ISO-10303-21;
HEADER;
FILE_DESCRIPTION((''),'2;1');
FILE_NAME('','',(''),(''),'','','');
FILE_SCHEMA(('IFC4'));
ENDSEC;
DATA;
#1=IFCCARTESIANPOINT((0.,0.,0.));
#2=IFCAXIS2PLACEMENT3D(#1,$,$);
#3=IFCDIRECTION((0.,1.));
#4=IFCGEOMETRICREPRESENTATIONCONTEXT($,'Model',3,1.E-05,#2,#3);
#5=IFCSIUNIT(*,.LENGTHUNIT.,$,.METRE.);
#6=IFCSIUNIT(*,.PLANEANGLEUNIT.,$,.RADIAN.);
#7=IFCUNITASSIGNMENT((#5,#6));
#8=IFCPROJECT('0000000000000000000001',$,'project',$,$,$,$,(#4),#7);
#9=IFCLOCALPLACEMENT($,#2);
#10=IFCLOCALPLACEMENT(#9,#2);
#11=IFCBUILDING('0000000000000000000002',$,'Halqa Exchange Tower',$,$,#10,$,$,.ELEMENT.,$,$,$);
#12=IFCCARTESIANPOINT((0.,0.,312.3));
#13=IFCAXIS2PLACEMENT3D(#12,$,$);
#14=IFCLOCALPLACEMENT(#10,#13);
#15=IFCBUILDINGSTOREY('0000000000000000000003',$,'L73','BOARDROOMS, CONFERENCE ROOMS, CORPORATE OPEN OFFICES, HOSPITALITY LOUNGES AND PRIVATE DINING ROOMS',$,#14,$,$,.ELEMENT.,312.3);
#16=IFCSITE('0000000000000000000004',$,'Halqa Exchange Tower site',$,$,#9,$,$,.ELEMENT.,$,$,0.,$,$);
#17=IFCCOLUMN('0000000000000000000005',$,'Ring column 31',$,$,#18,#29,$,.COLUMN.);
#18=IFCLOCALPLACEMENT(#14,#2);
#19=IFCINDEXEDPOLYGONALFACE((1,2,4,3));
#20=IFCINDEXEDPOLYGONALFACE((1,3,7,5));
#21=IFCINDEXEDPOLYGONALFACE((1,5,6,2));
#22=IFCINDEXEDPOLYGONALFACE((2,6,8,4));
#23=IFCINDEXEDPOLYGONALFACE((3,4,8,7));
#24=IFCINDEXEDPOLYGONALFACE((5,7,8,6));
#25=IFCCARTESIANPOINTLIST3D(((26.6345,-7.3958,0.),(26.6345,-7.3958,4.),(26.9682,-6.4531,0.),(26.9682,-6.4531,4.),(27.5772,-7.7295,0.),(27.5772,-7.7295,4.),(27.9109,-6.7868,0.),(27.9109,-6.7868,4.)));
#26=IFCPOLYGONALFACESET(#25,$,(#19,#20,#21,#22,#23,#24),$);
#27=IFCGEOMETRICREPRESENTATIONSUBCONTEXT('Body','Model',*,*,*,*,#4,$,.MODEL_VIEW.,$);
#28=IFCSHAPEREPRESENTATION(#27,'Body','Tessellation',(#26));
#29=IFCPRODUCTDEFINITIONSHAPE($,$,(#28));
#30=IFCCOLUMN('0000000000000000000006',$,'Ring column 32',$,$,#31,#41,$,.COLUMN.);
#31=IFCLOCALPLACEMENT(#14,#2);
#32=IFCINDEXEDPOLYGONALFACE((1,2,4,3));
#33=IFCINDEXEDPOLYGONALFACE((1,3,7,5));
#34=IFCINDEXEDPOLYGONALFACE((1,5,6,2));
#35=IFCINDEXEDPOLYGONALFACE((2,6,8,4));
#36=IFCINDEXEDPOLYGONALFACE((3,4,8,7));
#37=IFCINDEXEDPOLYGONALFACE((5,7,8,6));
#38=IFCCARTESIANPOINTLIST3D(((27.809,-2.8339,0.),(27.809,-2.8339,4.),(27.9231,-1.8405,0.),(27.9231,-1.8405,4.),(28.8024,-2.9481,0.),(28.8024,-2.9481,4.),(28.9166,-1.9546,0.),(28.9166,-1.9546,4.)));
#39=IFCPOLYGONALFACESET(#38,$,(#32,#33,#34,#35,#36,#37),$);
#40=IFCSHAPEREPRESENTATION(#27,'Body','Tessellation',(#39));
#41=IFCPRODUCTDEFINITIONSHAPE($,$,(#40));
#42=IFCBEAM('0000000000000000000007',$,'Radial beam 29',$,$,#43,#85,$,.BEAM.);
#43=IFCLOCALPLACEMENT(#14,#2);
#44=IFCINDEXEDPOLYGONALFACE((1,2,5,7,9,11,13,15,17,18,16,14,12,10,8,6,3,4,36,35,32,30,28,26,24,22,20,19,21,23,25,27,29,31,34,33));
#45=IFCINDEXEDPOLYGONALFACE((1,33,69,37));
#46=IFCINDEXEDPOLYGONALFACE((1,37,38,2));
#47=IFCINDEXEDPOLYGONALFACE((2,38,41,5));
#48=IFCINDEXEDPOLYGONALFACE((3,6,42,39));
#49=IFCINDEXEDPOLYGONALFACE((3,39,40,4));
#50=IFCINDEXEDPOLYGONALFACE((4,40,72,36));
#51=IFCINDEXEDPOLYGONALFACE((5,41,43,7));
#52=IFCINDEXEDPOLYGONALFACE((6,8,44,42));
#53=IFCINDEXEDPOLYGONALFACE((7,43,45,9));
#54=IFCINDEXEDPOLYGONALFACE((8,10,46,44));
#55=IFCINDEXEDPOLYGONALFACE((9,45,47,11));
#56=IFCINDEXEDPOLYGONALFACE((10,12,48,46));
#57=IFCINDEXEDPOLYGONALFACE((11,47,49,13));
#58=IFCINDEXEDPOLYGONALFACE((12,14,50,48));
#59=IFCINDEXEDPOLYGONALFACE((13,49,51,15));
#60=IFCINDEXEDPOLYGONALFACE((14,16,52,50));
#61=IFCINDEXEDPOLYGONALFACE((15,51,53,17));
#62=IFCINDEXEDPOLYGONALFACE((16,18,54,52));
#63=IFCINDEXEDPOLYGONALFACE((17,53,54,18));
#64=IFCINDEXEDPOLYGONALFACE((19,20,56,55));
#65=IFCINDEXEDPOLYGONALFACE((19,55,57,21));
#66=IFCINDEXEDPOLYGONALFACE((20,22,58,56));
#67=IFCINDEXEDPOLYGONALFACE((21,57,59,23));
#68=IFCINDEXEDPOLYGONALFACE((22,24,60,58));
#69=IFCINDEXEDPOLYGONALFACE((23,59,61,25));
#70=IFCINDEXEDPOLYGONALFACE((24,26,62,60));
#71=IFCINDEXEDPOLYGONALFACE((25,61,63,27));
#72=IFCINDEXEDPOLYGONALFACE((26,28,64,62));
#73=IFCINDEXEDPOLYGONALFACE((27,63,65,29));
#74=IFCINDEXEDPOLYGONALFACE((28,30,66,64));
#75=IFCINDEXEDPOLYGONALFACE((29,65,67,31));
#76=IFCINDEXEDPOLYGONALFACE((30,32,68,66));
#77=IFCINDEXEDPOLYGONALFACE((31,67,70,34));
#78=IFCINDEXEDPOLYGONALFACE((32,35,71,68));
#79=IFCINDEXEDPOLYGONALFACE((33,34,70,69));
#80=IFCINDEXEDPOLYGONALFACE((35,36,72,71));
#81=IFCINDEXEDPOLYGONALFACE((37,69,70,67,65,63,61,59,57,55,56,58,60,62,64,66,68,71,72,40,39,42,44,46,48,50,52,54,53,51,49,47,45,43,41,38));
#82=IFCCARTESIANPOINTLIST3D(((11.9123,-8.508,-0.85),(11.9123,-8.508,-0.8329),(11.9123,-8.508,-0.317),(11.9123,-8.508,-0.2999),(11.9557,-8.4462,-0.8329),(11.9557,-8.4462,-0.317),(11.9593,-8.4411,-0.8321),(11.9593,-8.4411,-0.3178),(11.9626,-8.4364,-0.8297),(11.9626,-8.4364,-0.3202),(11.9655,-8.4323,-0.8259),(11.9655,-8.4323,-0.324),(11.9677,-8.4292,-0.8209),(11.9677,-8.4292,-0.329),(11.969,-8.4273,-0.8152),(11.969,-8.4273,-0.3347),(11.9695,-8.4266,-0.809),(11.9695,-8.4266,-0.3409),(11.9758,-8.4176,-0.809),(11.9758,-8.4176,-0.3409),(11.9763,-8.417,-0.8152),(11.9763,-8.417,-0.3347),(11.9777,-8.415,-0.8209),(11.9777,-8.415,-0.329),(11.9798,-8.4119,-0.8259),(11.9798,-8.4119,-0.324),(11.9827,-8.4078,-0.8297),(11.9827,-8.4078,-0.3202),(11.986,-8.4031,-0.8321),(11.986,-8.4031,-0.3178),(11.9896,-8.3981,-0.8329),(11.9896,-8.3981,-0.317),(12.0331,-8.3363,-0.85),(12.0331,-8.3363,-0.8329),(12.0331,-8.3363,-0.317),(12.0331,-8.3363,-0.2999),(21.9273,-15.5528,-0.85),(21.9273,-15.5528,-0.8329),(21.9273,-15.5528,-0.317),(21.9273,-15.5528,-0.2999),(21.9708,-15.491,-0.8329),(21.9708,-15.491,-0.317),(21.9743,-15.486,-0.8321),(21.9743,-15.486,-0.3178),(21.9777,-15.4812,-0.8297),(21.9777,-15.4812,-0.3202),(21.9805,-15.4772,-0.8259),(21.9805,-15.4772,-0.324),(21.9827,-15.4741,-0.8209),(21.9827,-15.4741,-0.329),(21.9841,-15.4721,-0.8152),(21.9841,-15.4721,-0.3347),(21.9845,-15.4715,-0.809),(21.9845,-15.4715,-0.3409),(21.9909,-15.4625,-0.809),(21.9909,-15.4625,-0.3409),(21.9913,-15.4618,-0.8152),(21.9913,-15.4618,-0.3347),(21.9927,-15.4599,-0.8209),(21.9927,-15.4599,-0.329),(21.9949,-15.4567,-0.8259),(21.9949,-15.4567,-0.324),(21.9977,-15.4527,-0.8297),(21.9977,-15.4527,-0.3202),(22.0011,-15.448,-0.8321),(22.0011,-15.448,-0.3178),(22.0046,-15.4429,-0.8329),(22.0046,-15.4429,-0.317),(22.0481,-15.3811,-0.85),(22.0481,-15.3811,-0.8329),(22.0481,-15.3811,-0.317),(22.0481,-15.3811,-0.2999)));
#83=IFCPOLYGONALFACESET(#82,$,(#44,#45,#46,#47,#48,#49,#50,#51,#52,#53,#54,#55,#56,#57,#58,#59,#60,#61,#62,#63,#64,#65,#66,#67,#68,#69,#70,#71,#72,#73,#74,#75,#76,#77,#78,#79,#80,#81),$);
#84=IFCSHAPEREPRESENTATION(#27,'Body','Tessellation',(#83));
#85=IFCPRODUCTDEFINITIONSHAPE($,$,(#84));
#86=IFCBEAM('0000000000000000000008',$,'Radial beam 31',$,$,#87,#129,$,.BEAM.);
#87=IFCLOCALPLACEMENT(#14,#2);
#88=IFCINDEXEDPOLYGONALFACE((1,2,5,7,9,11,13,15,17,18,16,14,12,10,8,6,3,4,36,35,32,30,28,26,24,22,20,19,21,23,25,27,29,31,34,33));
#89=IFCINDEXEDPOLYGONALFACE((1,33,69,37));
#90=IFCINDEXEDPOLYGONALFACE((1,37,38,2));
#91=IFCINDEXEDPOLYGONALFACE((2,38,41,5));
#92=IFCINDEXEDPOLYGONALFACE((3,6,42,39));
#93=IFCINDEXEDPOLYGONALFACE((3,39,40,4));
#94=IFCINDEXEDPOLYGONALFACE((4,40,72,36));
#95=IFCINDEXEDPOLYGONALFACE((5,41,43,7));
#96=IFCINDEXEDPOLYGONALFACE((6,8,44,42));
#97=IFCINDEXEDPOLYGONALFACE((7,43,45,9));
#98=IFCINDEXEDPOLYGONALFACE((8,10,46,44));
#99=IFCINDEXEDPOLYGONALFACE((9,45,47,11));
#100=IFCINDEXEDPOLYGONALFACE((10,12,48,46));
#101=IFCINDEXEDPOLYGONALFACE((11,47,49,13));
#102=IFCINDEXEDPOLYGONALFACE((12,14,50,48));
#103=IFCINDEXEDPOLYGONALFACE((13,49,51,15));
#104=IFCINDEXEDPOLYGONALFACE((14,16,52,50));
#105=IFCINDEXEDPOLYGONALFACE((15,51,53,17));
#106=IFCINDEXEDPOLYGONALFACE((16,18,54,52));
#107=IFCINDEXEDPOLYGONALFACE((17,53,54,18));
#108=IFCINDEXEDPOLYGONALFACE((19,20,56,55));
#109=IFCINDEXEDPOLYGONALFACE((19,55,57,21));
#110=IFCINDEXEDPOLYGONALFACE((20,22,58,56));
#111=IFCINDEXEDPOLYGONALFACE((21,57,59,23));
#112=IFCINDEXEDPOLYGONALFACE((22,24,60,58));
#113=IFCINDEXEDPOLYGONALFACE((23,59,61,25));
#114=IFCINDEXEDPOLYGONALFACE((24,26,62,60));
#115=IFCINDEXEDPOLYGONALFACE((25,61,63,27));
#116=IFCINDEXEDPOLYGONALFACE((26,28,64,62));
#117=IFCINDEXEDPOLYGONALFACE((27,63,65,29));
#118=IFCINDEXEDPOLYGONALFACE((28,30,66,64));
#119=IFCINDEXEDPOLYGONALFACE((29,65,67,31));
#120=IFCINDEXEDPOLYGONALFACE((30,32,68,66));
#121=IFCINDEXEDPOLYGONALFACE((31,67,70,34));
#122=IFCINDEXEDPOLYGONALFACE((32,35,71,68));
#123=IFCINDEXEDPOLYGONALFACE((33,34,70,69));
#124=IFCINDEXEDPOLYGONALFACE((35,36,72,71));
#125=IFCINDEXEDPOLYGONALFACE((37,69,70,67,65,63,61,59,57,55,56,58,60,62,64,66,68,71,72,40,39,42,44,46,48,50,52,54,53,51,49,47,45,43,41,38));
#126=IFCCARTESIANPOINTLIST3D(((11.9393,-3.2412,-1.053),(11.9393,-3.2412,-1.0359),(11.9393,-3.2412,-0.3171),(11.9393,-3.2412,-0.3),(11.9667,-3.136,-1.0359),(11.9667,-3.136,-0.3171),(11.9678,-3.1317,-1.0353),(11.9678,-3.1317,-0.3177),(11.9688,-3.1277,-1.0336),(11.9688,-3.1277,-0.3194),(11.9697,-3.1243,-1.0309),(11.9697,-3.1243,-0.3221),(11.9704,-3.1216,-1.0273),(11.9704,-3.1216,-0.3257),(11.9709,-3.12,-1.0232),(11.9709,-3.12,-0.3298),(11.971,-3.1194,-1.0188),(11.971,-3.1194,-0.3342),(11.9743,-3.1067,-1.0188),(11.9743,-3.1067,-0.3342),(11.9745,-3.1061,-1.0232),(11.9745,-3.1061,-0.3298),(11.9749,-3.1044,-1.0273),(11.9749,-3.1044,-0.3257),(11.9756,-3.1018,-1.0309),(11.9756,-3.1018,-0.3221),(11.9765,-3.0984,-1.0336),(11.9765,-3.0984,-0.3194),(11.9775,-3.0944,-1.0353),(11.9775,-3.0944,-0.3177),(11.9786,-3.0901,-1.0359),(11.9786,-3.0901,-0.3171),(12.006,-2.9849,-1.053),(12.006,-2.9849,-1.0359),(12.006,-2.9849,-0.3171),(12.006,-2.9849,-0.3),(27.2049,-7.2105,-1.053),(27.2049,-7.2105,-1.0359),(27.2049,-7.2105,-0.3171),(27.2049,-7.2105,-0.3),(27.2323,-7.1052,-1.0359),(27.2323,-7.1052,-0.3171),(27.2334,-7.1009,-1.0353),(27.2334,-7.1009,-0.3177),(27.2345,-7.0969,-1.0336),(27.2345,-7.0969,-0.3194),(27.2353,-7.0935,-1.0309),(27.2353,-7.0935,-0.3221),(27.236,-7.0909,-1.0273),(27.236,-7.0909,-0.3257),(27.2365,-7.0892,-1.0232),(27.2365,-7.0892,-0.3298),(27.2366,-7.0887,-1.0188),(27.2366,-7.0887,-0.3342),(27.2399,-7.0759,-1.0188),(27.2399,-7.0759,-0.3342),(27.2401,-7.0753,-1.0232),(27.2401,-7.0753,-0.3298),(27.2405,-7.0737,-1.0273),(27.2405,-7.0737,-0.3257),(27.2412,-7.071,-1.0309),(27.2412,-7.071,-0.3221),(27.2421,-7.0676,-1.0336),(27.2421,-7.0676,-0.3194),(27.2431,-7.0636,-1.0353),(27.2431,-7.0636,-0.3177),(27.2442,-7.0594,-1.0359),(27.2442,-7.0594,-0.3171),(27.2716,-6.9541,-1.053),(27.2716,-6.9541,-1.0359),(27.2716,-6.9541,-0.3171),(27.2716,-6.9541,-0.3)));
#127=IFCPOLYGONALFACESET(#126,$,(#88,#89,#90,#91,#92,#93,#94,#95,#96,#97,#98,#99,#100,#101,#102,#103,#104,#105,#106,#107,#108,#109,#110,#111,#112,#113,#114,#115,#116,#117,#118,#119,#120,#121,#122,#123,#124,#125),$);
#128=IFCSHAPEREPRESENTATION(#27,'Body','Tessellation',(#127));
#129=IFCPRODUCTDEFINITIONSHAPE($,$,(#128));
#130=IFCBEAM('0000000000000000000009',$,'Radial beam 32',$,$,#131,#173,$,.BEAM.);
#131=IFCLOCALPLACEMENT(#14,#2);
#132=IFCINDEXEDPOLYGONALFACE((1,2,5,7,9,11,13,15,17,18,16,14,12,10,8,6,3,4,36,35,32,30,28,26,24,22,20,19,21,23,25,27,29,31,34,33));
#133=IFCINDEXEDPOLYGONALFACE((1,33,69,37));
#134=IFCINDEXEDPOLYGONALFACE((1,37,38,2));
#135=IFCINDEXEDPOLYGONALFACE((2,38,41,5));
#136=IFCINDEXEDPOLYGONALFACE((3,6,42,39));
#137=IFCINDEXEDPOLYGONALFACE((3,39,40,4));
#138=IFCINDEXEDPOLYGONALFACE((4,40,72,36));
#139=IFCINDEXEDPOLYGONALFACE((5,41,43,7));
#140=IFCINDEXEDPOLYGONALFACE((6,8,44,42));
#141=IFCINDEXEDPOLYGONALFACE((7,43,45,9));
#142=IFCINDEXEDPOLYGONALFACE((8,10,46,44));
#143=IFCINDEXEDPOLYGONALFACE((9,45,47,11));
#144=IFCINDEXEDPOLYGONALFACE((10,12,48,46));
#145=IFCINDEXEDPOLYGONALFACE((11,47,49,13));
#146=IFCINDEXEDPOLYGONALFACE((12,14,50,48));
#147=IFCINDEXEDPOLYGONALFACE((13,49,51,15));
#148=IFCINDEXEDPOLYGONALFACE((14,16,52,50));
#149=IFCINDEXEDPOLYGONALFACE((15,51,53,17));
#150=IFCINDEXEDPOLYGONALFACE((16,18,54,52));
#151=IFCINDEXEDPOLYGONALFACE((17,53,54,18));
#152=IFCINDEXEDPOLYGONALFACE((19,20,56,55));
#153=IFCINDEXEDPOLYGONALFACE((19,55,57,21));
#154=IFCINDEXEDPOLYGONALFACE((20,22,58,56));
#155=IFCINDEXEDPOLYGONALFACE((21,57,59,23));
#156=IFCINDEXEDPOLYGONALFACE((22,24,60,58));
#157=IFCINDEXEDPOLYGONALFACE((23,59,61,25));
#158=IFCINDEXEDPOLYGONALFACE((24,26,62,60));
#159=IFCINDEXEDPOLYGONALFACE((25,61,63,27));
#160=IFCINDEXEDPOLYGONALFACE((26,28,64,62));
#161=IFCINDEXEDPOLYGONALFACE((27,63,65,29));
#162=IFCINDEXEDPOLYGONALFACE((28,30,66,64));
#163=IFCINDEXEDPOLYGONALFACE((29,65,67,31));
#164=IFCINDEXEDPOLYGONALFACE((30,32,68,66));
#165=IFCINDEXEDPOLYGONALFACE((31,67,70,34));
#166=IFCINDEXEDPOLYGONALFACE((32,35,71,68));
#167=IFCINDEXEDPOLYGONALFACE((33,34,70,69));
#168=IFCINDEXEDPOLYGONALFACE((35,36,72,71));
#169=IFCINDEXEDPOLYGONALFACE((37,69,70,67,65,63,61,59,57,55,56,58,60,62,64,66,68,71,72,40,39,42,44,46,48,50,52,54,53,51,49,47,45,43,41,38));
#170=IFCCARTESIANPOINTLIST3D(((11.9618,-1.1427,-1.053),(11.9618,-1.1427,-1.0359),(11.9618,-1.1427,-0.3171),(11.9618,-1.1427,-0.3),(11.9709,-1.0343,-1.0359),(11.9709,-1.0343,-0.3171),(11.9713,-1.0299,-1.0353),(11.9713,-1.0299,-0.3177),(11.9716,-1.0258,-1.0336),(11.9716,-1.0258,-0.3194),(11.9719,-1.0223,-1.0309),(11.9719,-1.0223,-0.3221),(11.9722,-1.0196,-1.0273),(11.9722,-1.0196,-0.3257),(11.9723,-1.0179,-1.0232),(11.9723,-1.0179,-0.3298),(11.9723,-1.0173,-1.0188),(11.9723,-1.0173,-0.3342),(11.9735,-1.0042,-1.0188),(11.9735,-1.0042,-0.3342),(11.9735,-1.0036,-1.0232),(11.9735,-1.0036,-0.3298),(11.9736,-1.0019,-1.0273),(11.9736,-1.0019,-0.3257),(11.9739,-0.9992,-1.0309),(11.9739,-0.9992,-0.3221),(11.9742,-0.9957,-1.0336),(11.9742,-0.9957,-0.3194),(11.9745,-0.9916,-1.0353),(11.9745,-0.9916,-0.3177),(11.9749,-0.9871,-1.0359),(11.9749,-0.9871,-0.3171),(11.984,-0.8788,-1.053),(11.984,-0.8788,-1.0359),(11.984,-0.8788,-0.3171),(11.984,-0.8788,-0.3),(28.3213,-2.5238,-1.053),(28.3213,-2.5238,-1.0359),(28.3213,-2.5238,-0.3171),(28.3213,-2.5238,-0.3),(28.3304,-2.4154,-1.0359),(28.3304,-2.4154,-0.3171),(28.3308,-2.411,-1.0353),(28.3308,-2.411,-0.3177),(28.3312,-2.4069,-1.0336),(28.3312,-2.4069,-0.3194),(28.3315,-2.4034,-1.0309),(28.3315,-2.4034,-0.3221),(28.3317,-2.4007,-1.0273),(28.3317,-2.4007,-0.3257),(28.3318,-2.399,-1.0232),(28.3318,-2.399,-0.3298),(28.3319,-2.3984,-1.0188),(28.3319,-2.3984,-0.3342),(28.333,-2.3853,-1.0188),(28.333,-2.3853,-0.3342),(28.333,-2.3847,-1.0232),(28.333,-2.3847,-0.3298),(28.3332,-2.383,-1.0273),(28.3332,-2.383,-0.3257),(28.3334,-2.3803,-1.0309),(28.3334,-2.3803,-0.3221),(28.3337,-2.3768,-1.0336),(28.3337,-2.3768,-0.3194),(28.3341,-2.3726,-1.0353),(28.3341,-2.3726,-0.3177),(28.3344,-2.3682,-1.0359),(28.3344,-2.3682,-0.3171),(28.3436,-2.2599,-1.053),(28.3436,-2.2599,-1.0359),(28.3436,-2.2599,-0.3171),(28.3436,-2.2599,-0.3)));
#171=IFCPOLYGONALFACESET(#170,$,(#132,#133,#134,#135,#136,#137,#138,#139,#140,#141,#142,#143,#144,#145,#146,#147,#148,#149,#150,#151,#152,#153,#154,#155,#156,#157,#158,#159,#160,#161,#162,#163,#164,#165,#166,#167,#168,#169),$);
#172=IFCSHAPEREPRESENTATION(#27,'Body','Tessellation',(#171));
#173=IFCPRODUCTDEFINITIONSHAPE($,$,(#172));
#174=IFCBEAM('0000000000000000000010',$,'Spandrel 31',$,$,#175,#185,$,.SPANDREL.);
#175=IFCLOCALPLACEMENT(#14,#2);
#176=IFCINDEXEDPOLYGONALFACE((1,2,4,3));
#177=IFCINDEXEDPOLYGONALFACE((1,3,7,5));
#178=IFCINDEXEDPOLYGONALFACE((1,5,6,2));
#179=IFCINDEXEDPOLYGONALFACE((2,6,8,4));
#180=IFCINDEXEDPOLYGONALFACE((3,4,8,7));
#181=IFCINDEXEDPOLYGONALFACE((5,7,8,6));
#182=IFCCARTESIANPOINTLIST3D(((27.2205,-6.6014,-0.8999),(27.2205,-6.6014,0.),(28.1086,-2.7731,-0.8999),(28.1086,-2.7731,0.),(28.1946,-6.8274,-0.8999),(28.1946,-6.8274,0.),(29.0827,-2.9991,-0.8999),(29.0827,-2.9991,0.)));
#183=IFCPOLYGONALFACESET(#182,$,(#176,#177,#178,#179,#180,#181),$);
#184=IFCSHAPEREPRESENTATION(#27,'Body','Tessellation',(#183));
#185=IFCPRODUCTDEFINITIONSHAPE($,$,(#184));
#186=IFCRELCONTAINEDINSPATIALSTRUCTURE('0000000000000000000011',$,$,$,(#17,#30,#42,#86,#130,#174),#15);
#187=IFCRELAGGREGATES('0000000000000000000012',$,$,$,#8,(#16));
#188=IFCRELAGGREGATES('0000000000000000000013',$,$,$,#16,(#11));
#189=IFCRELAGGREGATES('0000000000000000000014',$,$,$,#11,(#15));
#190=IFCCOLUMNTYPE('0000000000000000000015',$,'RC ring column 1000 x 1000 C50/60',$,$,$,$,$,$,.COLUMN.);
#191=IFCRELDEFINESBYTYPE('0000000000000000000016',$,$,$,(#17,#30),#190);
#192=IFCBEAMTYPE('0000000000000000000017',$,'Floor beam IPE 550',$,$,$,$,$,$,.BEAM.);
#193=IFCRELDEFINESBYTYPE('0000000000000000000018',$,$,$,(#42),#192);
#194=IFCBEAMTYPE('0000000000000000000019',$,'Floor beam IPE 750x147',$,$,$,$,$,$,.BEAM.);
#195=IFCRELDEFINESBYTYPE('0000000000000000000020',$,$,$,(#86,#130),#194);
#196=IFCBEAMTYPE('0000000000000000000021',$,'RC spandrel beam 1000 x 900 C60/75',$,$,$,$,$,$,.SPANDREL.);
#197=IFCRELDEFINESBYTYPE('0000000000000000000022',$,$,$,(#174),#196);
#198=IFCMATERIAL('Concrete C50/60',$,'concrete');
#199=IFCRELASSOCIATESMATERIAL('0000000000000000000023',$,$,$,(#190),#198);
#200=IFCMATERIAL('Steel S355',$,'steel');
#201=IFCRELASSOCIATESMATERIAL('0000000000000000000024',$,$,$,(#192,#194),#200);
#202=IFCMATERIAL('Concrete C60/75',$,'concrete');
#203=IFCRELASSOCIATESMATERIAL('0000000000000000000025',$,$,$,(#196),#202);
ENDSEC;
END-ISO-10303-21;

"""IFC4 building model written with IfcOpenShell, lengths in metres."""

from ifc_helpers import new_model, si_unit, direction, frame, origin, origin_2d, place, context, subcontext, project, spatial, rectangle, i_section, extrude, material, material_profile, profile_set, type_object, element, save


model = new_model("IFC4")

# Units and contexts
model_context = context("Model", 3, precision=1e-05, world=origin(), true_north=direction((0.0, 1.0)))
body_context = subcontext(model_context, "Body", "Model", "MODEL_VIEW")
ifc_project = project(units=[si_unit("LENGTHUNIT", "METRE"), si_unit("PLANEANGLEUNIT", "RADIAN")], contexts=[model_context])

# Site, building, storey
site_placement = place(None, origin())
site = spatial("IfcSite", under=ifc_project, at=site_placement, Name="Halqa Exchange Tower site", CompositionType="ELEMENT", RefElevation=0.0)
building_placement = place(site_placement, origin())
building = spatial("IfcBuilding", under=site, at=building_placement, Name="Halqa Exchange Tower", CompositionType="ELEMENT")
storey_placement = place(building_placement, frame((0.0, 0.0, 312.3)))
storey = spatial("IfcBuildingStorey", under=building, at=storey_placement, Name="L73", Description="BOARDROOMS, CONFERENCE ROOMS, CORPORATE OPEN OFFICES, HOSPITALITY LOUNGES AND PRIVATE DINING ROOMS", CompositionType="ELEMENT", Elevation=312.3)

# Columns
ifc_material_1 = material(Name="Concrete C50/60", Category="concrete")
ifc_material_profile_1 = material_profile(ifc_material_1, rectangle(XDim=1.0, YDim=1.0, at=origin_2d()), Name="1000 x 1000")
ifc_profile_set_1 = profile_set([ifc_material_profile_1], Name="Concrete C50/60")
column_type = type_object("IfcColumnType", Name="RC ring column 1000 x 1000 C50/60", PredefinedType="COLUMN", material=ifc_profile_set_1)
for number, where, z_axis, x_axis, name in (
    (1, (27.2727, -7.0913, 0.0), (0.0, 0.0, 1.0), (0.333624, 0.942706, 0.0), "Ring column 31"),
    (2, (28.3628, -2.3943, 0.0), (0.0, 0.0, 1.0), (0.11416, 0.993462, 0.0), "Ring column 32"),
):
    element("IfcColumn", number, at=place(storey_placement, frame(where, z_axis=z_axis, x_axis=x_axis)), inside=storey, type_object=column_type, Name=name, PredefinedType="COLUMN", context=body_context, shape_type="SweptSolid", body=[
        extrude(rectangle(XDim=1.0, YDim=1.0, at=origin_2d()), origin(), (0.0, 0.0, 1.0), 4.0),
    ])

# Beams
ifc_material_2 = material(Name="Steel S355", Category="steel")
ifc_material_profile_2 = material_profile(ifc_material_2, i_section(OverallWidth=0.21, OverallDepth=0.55, WebThickness=0.011, FlangeThickness=0.0171, FilletRadius=0.0239, at=origin_2d()), Name="IPE 550")
ifc_profile_set_2 = profile_set([ifc_material_profile_2], Name="Steel S355")
beam_type_1 = type_object("IfcBeamType", Name="Floor beam IPE 550", PredefinedType="BEAM", material=ifc_profile_set_2)
beam_1_placement = place(storey_placement, frame((11.9727, -8.4221, -0.575), z_axis=(0.817913, -0.575342, 0.0), x_axis=(0.575342, 0.817913, 0.0)))
element("IfcBeam", 3, at=beam_1_placement, inside=storey, type_object=beam_type_1, Name="Radial beam 29", PredefinedType="BEAM", context=body_context, shape_type="SweptSolid", body=[
    extrude(i_section(OverallWidth=0.21, OverallDepth=0.55, WebThickness=0.011, FlangeThickness=0.0171, FilletRadius=0.0239, at=origin_2d()), origin(), (0.0, 0.0, 1.0), 12.2446),
])
ifc_material_profile_3 = material_profile(ifc_material_2, i_section(OverallWidth=0.2649, OverallDepth=0.7529, WebThickness=0.0132, FlangeThickness=0.0171, FilletRadius=0.0171, at=origin_2d()), Name="IPE 750x147")
ifc_profile_set_3 = profile_set([ifc_material_profile_3], Name="Steel S355")
beam_type_2 = type_object("IfcBeamType", Name="Floor beam IPE 750x147", PredefinedType="BEAM", material=ifc_profile_set_3)
beam_2_placement = place(storey_placement, frame((11.9727, -3.113, -0.6765), z_axis=(0.96782, -0.251644, 0.0), x_axis=(0.251644, 0.96782, 0.0)))
element("IfcBeam", 4, at=beam_2_placement, inside=storey, type_object=beam_type_2, Name="Radial beam 31", PredefinedType="BEAM", context=body_context, shape_type="SweptSolid", body=[
    extrude(i_section(OverallWidth=0.2649, OverallDepth=0.7529, WebThickness=0.0132, FlangeThickness=0.0171, FilletRadius=0.0171, at=origin_2d()), origin(), (0.0, 0.0, 1.0), 15.7732),
])
beam_3_placement = place(storey_placement, frame((11.9729, -1.0107, -0.6765), z_axis=(0.996455, -0.084122, 0.0), x_axis=(0.084122, 0.996455, 0.0)))
element("IfcBeam", 5, at=beam_3_placement, inside=storey, type_object=beam_type_2, Name="Radial beam 32", PredefinedType="BEAM", context=body_context, shape_type="SweptSolid", body=[
    extrude(i_section(OverallWidth=0.2649, OverallDepth=0.7529, WebThickness=0.0132, FlangeThickness=0.0171, FilletRadius=0.0171, at=origin_2d()), origin(), (0.0, 0.0, 1.0), 16.4177),
])
ifc_material_3 = material(Name="Concrete C60/75", Category="concrete")
ifc_material_profile_4 = material_profile(ifc_material_3, rectangle(XDim=1.0, YDim=0.8999, at=origin_2d()), Name="1000 x 900")
ifc_profile_set_4 = profile_set([ifc_material_profile_4], Name="Concrete C60/75")
beam_type_3 = type_object("IfcBeamType", Name="RC spandrel beam 1000 x 900 C60/75", PredefinedType="SPANDREL", material=ifc_profile_set_4)
beam_4_placement = place(storey_placement, frame((27.7075, -6.7144, -0.45), z_axis=(0.225998, 0.974128, 0.0), x_axis=(-0.974128, 0.225998, 0.0)))
element("IfcBeam", 6, at=beam_4_placement, inside=storey, type_object=beam_type_3, Name="Spandrel 31", PredefinedType="SPANDREL", context=body_context, shape_type="SweptSolid", body=[
    extrude(rectangle(XDim=1.0, YDim=0.8999, at=origin_2d()), origin(), (0.0, 0.0, 1.0), 3.9299),
])

save(model, "model.ifc")
